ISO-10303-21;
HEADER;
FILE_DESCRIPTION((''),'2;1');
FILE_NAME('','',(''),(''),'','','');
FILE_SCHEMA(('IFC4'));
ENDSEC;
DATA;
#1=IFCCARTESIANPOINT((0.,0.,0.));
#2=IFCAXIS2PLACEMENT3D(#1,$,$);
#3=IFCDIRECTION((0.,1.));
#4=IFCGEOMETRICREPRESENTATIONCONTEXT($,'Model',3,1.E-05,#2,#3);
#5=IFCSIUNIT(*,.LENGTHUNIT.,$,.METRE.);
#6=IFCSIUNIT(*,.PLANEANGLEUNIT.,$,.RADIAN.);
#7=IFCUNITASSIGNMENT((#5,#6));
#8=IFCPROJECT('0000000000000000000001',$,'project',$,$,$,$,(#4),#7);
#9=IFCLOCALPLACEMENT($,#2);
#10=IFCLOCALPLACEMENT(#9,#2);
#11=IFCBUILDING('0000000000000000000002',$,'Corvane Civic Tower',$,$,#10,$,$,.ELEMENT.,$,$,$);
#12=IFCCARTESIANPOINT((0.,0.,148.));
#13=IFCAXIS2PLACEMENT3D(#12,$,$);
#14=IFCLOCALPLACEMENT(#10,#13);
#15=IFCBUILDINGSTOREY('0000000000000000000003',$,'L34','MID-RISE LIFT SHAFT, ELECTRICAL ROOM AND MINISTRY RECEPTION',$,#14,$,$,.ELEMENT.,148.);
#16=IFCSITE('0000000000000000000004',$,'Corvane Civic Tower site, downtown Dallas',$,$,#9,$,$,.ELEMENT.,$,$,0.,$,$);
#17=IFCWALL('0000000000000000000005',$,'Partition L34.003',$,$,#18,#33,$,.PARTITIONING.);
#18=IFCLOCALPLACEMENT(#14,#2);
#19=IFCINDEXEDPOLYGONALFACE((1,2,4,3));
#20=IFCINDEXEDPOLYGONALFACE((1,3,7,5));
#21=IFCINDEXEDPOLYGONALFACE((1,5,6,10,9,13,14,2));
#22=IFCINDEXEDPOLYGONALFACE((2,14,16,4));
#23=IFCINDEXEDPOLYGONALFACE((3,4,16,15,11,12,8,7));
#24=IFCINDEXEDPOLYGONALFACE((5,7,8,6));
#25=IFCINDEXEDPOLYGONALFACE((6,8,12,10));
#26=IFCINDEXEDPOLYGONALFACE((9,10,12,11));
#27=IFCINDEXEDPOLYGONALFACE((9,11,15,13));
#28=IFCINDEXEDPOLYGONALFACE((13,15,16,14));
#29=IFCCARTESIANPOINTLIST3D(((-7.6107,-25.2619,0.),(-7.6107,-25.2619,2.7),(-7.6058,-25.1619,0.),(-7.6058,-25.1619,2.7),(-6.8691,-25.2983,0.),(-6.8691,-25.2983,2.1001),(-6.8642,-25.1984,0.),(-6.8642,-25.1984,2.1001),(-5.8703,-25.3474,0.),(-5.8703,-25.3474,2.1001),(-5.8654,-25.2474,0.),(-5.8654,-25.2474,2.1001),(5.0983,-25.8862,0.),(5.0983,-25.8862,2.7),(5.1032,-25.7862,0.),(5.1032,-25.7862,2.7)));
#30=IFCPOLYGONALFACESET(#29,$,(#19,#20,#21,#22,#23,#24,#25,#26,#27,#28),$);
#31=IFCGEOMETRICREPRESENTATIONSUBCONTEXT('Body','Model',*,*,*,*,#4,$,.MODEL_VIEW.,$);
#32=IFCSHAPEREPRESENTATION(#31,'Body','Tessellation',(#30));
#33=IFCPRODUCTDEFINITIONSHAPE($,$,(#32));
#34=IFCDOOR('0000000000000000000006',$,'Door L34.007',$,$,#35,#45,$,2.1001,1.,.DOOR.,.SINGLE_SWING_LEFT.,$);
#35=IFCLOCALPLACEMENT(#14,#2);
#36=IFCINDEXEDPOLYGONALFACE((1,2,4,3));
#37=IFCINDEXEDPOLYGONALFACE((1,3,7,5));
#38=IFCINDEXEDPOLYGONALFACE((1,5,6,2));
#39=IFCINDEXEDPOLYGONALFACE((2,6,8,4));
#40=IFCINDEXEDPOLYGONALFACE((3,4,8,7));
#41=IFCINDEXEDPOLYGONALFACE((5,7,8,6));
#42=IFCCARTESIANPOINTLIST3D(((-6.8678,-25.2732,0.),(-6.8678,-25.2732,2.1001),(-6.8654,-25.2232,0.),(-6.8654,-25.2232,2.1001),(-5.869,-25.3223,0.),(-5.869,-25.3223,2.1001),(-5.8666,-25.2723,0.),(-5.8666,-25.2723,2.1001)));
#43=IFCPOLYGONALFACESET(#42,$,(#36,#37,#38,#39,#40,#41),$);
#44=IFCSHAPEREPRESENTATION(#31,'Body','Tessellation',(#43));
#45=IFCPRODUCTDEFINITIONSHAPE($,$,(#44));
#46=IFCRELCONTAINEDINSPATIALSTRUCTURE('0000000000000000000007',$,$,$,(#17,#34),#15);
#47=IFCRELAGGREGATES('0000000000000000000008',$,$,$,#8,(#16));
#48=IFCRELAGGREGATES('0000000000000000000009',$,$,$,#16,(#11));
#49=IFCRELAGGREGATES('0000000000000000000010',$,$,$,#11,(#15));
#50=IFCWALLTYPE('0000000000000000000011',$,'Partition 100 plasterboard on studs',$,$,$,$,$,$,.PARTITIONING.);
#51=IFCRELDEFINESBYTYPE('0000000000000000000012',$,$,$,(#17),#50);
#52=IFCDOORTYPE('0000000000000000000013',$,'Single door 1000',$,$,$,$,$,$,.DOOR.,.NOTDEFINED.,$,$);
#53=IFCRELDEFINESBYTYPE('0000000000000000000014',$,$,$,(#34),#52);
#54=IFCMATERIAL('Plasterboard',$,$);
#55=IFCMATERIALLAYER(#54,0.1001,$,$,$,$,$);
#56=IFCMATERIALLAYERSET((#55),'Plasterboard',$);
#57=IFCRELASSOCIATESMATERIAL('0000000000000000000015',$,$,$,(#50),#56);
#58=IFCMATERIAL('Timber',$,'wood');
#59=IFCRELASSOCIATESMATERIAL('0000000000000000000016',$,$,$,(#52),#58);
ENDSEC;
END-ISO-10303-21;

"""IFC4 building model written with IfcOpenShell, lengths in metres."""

from ifc_helpers import new_model, si_unit, direction, frame, frame_2d, origin, place, context, subcontext, project, spatial, rectangle, extrude, material, layer, layer_set, type_object, element, fill, save


model = new_model("IFC4")

# Units and contexts
model_context = context("Model", 3, precision=1e-05, world=origin(), true_north=direction((0.0, 1.0)))
body_context = subcontext(model_context, "Body", "Model", "MODEL_VIEW")
ifc_project = project(units=[si_unit("LENGTHUNIT", "METRE"), si_unit("PLANEANGLEUNIT", "RADIAN")], contexts=[model_context])

# Site, building, storey
site_placement = place(None, origin())
site = spatial("IfcSite", under=ifc_project, at=site_placement, Name="Corvane Civic Tower site, downtown Dallas", CompositionType="ELEMENT", RefElevation=0.0)
building_placement = place(site_placement, origin())
building = spatial("IfcBuilding", under=site, at=building_placement, Name="Corvane Civic Tower", CompositionType="ELEMENT")
storey_placement = place(building_placement, frame((0.0, 0.0, 148.0)))
storey = spatial("IfcBuildingStorey", under=building, at=storey_placement, Name="L34", Description="MID-RISE LIFT SHAFT, ELECTRICAL ROOM AND MINISTRY RECEPTION", CompositionType="ELEMENT", Elevation=148.0)

# Shared definitions
ifc_material_1 = material(Name="Plasterboard")
ifc_layer_1 = layer(ifc_material_1, 0.1001)
ifc_layer_set_1 = layer_set([ifc_layer_1], Name="Plasterboard")
wall_type = type_object("IfcWallType", Name="Partition 100 plasterboard on studs", PredefinedType="PARTITIONING", material=ifc_layer_set_1)

# Wall, opening, door
wall_1_placement = place(storey_placement, frame((-7.6084, -25.2119, 0.0), z_axis=(0.0, 0.0, 1.0), x_axis=(0.998796, -0.049061, 0.0)))
wall_1 = element("IfcWall", 1, at=wall_1_placement, inside=storey, type_object=wall_type, Name="Partition L34.003", PredefinedType="PARTITIONING", context=body_context, shape_type="SweptSolid", body=[
    extrude(rectangle(XDim=12.7244, YDim=0.1001, at=frame_2d((6.3623, 0.0))), origin(), (0.0, 0.0, 1.0), 2.7),
])
opening_placement = place(wall_1_placement, frame((0.7427, 0.0, 0.0)))
opening = element("IfcOpeningElement", 2, at=opening_placement, cuts=wall_1, PredefinedType="OPENING", context=body_context, shape_type="SweptSolid", body=[
    extrude(rectangle(XDim=1.0, YDim=2.1001, at=frame_2d((0.5, 1.05))), frame((0.0, 0.0601, 0.0), z_axis=(0.0, -1.0, 0.0), x_axis=(1.0, 0.0, 0.0)), (0.0, 0.0, 1.0), 0.1201),
])
ifc_material_2 = material(Name="Timber", Category="wood")
door_type = type_object("IfcDoorType", Name="Single door 1000", OperationType="NOTDEFINED", PredefinedType="DOOR", material=ifc_material_2)
door_placement = place(opening_placement, frame((1.0, 0.0, 0.0), z_axis=(0.0, 0.0, 1.0), x_axis=(-1.0, 0.0, 0.0)))
door = element("IfcDoor", 3, at=door_placement, inside=storey, type_object=door_type, Name="Door L34.007", OperationType="SINGLE_SWING_LEFT", OverallHeight=2.1001, OverallWidth=1.0, PredefinedType="DOOR", context=body_context, shape_type="SweptSolid", body=[
    extrude(rectangle(XDim=1.0, YDim=2.1001, at=frame_2d((0.5, 1.05))), frame((0.0, 0.0249, 0.0), z_axis=(0.0, -1.0, 0.0), x_axis=(1.0, 0.0, 0.0)), (0.0, 0.0, 1.0), 0.05),
])
fill(opening, door)

save(model, "model.ifc")
